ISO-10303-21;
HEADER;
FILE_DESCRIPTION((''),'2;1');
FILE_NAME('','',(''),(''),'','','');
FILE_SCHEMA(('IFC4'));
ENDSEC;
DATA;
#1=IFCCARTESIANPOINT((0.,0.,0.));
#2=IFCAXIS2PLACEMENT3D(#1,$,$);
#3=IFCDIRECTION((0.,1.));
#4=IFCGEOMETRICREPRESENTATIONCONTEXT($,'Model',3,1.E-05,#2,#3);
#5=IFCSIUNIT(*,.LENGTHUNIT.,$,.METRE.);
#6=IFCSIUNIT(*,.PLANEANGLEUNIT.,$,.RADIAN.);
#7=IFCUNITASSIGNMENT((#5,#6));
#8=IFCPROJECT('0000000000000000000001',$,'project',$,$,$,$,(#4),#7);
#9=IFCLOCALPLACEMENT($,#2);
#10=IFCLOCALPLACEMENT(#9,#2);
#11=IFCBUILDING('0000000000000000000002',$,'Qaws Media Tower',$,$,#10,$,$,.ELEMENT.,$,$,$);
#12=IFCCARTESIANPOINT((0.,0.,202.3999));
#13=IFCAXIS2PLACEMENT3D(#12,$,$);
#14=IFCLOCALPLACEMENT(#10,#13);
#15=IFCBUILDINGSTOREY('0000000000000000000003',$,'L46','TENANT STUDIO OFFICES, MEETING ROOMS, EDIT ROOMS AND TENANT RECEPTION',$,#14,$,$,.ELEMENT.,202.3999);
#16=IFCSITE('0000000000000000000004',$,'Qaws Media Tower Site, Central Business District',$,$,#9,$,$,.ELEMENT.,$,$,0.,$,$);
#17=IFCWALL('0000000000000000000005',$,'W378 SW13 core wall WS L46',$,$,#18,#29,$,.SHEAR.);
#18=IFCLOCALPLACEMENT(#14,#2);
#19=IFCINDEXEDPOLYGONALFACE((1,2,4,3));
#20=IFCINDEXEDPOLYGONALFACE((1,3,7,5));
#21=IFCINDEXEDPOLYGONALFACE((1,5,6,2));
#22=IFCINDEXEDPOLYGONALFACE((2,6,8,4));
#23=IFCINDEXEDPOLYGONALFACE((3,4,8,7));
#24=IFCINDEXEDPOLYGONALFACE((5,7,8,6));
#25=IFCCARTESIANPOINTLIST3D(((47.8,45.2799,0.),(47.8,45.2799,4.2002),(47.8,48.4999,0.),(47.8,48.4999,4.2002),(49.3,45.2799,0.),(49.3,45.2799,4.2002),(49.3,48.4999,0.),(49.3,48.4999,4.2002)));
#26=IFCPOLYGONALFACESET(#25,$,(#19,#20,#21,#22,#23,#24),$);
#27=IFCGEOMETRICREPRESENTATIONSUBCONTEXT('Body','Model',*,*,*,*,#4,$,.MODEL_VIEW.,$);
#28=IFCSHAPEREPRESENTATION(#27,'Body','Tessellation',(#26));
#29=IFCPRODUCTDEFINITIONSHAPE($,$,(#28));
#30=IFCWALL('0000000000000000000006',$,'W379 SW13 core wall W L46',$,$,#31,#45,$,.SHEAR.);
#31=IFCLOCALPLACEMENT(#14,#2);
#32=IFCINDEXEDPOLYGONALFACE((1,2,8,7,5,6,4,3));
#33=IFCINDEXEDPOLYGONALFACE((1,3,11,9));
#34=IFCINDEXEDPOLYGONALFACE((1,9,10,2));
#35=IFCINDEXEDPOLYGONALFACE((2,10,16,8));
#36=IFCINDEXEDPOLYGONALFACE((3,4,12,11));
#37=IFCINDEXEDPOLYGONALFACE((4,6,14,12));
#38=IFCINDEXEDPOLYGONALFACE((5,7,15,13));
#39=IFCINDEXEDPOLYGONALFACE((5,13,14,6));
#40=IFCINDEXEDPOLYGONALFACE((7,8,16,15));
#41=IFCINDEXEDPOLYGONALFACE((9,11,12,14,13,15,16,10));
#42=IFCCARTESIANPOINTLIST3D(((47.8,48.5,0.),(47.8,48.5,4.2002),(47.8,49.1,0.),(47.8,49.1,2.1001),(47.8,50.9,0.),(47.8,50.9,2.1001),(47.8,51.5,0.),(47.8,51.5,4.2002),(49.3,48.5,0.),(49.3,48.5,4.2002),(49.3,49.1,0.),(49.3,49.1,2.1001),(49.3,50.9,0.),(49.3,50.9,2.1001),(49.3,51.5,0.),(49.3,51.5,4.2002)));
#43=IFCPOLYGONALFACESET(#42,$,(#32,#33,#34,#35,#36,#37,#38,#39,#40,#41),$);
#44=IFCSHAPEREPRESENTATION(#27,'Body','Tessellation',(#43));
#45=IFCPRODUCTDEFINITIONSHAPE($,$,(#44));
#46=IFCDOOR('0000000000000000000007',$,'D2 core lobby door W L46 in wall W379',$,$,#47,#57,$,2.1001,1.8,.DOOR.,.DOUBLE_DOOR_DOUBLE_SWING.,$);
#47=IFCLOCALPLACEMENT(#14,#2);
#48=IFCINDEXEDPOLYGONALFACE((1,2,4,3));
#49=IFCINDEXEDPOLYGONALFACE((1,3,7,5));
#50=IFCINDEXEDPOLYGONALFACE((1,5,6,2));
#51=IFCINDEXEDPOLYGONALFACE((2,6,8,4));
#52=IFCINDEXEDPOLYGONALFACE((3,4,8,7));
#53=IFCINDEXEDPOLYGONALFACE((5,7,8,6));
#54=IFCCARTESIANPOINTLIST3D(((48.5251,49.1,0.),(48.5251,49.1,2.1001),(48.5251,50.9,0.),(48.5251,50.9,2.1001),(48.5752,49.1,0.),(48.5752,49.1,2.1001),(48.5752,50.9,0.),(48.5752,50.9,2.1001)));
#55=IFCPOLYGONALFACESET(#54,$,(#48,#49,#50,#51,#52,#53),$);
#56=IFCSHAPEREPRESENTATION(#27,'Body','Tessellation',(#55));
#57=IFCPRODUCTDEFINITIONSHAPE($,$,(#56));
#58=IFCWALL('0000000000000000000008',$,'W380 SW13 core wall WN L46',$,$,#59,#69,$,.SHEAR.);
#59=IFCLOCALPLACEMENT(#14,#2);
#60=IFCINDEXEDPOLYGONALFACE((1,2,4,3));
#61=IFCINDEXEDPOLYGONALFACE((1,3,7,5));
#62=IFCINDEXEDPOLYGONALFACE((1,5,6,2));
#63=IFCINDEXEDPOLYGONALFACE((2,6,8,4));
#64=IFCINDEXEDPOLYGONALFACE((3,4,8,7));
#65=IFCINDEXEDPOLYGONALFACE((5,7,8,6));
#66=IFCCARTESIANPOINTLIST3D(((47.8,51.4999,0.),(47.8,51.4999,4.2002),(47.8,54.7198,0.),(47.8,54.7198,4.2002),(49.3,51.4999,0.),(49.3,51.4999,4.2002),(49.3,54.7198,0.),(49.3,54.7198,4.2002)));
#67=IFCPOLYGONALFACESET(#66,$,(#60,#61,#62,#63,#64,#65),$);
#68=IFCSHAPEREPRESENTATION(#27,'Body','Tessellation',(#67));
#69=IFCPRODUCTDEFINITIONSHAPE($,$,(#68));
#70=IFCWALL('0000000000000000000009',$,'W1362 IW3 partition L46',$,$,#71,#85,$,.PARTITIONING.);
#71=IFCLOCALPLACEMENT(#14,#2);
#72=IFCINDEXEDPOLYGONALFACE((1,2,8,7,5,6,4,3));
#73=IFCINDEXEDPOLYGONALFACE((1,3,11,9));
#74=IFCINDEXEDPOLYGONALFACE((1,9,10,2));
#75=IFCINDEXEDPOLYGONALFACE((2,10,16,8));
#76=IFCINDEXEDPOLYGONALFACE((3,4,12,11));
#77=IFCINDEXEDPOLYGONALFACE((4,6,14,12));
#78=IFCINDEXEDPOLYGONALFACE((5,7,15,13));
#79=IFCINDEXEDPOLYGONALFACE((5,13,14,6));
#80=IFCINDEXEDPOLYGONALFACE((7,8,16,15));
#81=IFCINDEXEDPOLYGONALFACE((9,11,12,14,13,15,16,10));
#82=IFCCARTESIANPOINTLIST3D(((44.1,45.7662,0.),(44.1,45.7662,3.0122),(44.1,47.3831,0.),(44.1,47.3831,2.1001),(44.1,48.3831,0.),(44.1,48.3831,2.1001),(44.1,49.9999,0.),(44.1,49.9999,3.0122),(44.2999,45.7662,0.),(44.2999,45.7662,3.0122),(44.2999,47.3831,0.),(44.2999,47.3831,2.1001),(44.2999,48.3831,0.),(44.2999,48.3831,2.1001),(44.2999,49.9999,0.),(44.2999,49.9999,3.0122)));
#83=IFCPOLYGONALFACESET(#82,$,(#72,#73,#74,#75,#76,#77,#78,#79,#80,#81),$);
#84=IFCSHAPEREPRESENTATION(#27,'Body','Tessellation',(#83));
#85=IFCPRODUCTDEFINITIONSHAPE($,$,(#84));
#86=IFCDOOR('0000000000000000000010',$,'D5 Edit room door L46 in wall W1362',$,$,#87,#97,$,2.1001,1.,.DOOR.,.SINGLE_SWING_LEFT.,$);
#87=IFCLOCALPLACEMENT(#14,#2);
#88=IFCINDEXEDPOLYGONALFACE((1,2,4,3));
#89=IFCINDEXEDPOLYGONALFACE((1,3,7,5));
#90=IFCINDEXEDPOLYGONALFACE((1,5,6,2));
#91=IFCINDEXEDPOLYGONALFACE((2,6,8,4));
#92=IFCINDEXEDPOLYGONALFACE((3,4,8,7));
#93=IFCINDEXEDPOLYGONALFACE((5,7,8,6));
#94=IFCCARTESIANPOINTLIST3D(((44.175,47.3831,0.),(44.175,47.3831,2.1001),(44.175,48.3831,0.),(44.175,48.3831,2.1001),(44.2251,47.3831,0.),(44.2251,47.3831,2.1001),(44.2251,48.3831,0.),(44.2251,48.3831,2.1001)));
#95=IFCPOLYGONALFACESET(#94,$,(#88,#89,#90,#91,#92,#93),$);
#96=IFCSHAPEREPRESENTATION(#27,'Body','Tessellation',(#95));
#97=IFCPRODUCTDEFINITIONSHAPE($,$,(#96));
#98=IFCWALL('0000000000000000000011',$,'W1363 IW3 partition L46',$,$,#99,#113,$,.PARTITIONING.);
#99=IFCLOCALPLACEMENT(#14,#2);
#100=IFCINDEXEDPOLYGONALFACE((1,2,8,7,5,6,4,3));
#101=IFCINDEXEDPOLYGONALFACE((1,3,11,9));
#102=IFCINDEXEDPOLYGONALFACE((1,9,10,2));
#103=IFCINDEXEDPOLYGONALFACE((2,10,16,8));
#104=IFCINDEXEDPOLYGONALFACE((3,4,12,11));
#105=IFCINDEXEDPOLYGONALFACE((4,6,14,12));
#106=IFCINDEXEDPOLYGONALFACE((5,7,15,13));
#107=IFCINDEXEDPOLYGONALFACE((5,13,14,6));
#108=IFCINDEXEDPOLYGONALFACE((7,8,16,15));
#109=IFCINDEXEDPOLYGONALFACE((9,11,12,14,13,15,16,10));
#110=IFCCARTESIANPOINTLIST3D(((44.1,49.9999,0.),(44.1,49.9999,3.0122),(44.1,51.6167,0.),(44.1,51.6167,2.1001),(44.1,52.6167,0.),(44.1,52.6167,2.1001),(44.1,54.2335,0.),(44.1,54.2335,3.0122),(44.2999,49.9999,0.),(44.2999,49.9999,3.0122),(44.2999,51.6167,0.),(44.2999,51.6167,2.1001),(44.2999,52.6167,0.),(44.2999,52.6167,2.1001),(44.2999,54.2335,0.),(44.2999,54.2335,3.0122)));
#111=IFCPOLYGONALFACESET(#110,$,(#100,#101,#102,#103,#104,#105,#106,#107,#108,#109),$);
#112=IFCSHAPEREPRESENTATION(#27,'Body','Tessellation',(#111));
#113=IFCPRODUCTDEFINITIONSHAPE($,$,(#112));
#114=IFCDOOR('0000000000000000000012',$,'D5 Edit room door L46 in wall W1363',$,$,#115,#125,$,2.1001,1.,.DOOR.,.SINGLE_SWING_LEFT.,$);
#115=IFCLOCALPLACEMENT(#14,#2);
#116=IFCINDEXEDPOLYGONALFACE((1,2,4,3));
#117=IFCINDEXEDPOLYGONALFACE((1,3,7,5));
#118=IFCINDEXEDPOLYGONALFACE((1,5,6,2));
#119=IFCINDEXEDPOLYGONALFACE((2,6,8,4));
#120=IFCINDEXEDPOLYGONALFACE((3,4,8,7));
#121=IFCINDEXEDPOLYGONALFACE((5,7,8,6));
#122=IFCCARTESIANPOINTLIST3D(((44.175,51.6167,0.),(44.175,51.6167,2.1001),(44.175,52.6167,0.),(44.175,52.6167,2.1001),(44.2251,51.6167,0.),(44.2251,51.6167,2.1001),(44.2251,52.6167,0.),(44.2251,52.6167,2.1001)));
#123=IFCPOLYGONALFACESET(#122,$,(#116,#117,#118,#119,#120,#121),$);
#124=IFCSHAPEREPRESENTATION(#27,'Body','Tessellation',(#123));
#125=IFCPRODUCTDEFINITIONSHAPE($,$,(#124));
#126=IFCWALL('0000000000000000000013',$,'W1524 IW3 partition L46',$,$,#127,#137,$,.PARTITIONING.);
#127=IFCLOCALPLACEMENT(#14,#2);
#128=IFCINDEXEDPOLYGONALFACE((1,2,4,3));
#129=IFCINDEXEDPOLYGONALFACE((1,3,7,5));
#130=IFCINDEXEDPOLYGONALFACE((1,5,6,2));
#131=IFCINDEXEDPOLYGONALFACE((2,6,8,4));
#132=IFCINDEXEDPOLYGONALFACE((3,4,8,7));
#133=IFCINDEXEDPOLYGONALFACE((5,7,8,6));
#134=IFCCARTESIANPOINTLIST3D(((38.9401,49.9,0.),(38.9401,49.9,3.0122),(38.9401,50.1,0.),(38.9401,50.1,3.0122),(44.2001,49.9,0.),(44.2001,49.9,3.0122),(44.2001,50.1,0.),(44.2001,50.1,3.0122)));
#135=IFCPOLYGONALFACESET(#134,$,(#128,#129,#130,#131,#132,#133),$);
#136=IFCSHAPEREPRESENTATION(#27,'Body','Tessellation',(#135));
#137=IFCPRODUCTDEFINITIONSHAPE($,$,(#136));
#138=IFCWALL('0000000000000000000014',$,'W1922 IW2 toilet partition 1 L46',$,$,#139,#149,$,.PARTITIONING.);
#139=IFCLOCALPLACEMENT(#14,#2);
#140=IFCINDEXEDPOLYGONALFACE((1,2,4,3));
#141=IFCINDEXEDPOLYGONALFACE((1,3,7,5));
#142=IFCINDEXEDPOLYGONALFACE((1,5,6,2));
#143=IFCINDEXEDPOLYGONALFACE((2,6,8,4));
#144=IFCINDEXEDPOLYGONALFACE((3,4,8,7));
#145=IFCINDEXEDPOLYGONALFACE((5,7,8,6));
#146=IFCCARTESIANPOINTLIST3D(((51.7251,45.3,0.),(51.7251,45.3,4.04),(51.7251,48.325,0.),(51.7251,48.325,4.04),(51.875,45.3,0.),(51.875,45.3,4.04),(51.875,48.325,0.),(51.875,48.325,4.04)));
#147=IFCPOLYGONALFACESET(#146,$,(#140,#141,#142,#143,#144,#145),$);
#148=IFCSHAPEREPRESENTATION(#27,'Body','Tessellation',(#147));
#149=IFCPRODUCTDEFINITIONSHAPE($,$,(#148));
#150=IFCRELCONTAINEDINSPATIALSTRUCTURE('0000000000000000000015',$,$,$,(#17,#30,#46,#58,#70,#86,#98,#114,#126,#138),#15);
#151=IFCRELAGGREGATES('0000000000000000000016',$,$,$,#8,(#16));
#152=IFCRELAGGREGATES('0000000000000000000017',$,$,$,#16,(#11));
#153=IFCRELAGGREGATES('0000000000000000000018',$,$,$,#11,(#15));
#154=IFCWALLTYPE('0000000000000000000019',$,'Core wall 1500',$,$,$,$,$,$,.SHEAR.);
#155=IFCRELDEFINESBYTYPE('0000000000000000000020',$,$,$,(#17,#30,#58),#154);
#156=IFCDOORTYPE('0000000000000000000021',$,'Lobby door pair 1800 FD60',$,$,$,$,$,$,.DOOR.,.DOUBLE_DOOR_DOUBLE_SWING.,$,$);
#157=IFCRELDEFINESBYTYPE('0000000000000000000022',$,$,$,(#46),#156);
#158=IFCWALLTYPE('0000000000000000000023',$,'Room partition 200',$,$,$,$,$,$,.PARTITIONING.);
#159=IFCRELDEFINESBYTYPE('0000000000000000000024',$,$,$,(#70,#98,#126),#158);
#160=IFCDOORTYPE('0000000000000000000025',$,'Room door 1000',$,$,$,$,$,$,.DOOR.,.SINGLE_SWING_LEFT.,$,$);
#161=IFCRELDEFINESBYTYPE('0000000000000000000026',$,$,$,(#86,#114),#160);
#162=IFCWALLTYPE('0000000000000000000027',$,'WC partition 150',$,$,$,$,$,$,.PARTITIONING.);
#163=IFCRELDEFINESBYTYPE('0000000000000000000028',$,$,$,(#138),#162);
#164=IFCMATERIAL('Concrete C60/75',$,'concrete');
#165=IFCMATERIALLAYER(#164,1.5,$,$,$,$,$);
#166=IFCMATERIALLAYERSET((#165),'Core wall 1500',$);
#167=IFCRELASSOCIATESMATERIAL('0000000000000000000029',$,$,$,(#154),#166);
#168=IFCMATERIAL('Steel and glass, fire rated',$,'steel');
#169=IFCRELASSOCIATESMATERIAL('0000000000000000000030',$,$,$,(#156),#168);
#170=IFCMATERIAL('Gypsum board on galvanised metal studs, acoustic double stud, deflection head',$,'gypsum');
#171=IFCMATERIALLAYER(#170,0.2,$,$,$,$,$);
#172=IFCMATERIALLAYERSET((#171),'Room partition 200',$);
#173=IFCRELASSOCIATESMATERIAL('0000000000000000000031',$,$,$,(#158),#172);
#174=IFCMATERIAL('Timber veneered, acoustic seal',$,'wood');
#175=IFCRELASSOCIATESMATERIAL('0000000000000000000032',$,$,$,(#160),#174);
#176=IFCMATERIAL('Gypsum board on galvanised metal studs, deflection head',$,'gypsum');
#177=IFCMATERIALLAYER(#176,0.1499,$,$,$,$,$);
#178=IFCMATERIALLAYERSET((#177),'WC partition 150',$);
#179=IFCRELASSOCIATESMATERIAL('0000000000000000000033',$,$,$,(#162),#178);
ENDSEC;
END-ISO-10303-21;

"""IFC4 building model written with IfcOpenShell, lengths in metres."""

from ifc_helpers import new_model, si_unit, direction, frame, frame_2d, origin, place, context, subcontext, project, spatial, rectangle, extrude, material, layer, layer_set, type_object, element, fill, save


model = new_model("IFC4")

# Units and contexts
model_context = context("Model", 3, precision=1e-05, world=origin(), true_north=direction((0.0, 1.0)))
body_context = subcontext(model_context, "Body", "Model", "MODEL_VIEW")
ifc_project = project(units=[si_unit("LENGTHUNIT", "METRE"), si_unit("PLANEANGLEUNIT", "RADIAN")], contexts=[model_context])

# Site, building, storey
site_placement = place(None, origin())
site = spatial("IfcSite", under=ifc_project, at=site_placement, Name="Qaws Media Tower Site, Central Business District", CompositionType="ELEMENT", RefElevation=0.0)
building_placement = place(site_placement, origin())
building = spatial("IfcBuilding", under=site, at=building_placement, Name="Qaws Media Tower", CompositionType="ELEMENT")
storey_placement = place(building_placement, frame((0.0, 0.0, 202.3999)))
storey = spatial("IfcBuildingStorey", under=building, at=storey_placement, Name="L46", Description="TENANT STUDIO OFFICES, MEETING ROOMS, EDIT ROOMS AND TENANT RECEPTION", CompositionType="ELEMENT", Elevation=202.3999)

# Wall
ifc_material_1 = material(Name="Concrete C60/75", Category="concrete")
ifc_layer_1 = layer(ifc_material_1, 1.5)
ifc_layer_set_1 = layer_set([ifc_layer_1], Name="Core wall 1500")
wall_type_1 = type_object("IfcWallType", Name="Core wall 1500", PredefinedType="SHEAR", material=ifc_layer_set_1)
wall_1_placement = place(storey_placement, frame((48.55, 45.28, 0.0), z_axis=(0.0, 0.0, 1.0), x_axis=(0.0, 1.0, 0.0)))
element("IfcWall", 1, at=wall_1_placement, inside=storey, type_object=wall_type_1, Name="W378 SW13 core wall WS L46", PredefinedType="SHEAR", context=body_context, shape_type="SweptSolid", body=[
    extrude(rectangle(XDim=3.22, YDim=1.5, at=frame_2d((1.6099, 0.0))), origin(), (0.0, 0.0, 1.0), 4.2002),
])

# Wall, opening, door
wall_2_placement = place(storey_placement, frame((48.55, 48.5, 0.0), z_axis=(0.0, 0.0, 1.0), x_axis=(0.0, 1.0, 0.0)))
wall_2 = element("IfcWall", 2, at=wall_2_placement, inside=storey, type_object=wall_type_1, Name="W379 SW13 core wall W L46", PredefinedType="SHEAR", context=body_context, shape_type="SweptSolid", body=[
    extrude(rectangle(XDim=3.0, YDim=1.5, at=frame_2d((1.5, 0.0))), origin(), (0.0, 0.0, 1.0), 4.2002),
])
opening_1_placement = place(wall_2_placement, frame((0.6001, 0.0, 0.0)))
opening_1 = element("IfcOpeningElement", 3, at=opening_1_placement, cuts=wall_2, PredefinedType="OPENING", context=body_context, shape_type="SweptSolid", body=[
    extrude(rectangle(XDim=1.8, YDim=2.1001, at=frame_2d((0.8999, 1.05))), frame((0.0, 0.76, 0.0), z_axis=(0.0, -1.0, 0.0), x_axis=(1.0, 0.0, 0.0)), (0.0, 0.0, 1.0), 1.52),
])
ifc_material_2 = material(Name="Steel and glass, fire rated", Category="steel")
door_type_1 = type_object("IfcDoorType", Name="Lobby door pair 1800 FD60", OperationType="DOUBLE_DOOR_DOUBLE_SWING", PredefinedType="DOOR", material=ifc_material_2)
door_1_placement = place(opening_1_placement, origin())
door_1 = element("IfcDoor", 4, at=door_1_placement, inside=storey, type_object=door_type_1, Name="D2 core lobby door W L46 in wall W379", OperationType="DOUBLE_DOOR_DOUBLE_SWING", OverallHeight=2.1001, OverallWidth=1.8, PredefinedType="DOOR", context=body_context, shape_type="SweptSolid", body=[
    extrude(rectangle(XDim=1.8, YDim=2.1001, at=frame_2d((0.8999, 1.05))), frame((0.0, 0.0249, 0.0), z_axis=(0.0, -1.0, 0.0), x_axis=(1.0, 0.0, 0.0)), (0.0, 0.0, 1.0), 0.05),
])
fill(opening_1, door_1)

# Wall
wall_3_placement = place(storey_placement, frame((48.55, 51.5, 0.0), z_axis=(0.0, 0.0, 1.0), x_axis=(0.0, 1.0, 0.0)))
element("IfcWall", 5, at=wall_3_placement, inside=storey, type_object=wall_type_1, Name="W380 SW13 core wall WN L46", PredefinedType="SHEAR", context=body_context, shape_type="SweptSolid", body=[
    extrude(rectangle(XDim=3.22, YDim=1.5, at=frame_2d((1.6099, 0.0))), origin(), (0.0, 0.0, 1.0), 4.2002),
])

# Walls, openings, doors
ifc_material_3 = material(Name="Gypsum board on galvanised metal studs, acoustic double stud, deflection head", Category="gypsum")
ifc_layer_2 = layer(ifc_material_3, 0.2)
ifc_layer_set_2 = layer_set([ifc_layer_2], Name="Room partition 200")
wall_type_2 = type_object("IfcWallType", Name="Room partition 200", PredefinedType="PARTITIONING", material=ifc_layer_set_2)
wall_4_placement = place(storey_placement, frame((44.2, 45.7664, 0.0), z_axis=(0.0, 0.0, 1.0), x_axis=(0.0, 1.0, 0.0)))
wall_4 = element("IfcWall", 6, at=wall_4_placement, inside=storey, type_object=wall_type_2, Name="W1362 IW3 partition L46", PredefinedType="PARTITIONING", context=body_context, shape_type="SweptSolid", body=[
    extrude(rectangle(XDim=4.2336, YDim=0.2, at=frame_2d((2.1167, 0.0))), origin(), (0.0, 0.0, 1.0), 3.0122),
])
opening_2_placement = place(wall_4_placement, frame((1.6167, 0.0, 0.0)))
opening_2 = element("IfcOpeningElement", 7, at=opening_2_placement, cuts=wall_4, PredefinedType="OPENING", context=body_context, shape_type="SweptSolid", body=[
    extrude(rectangle(XDim=1.0, YDim=2.1001, at=frame_2d((0.5, 1.05))), frame((0.0, 0.1099, 0.0), z_axis=(0.0, -1.0, 0.0), x_axis=(1.0, 0.0, 0.0)), (0.0, 0.0, 1.0), 0.22),
])
ifc_material_4 = material(Name="Timber veneered, acoustic seal", Category="wood")
door_type_2 = type_object("IfcDoorType", Name="Room door 1000", OperationType="SINGLE_SWING_LEFT", PredefinedType="DOOR", material=ifc_material_4)
door_2_placement = place(opening_2_placement, origin())
door_2 = element("IfcDoor", 8, at=door_2_placement, inside=storey, type_object=door_type_2, Name="D5 Edit room door L46 in wall W1362", OperationType="SINGLE_SWING_LEFT", OverallHeight=2.1001, OverallWidth=1.0, PredefinedType="DOOR", context=body_context, shape_type="SweptSolid", body=[
    extrude(rectangle(XDim=1.0, YDim=2.1001, at=frame_2d((0.5, 1.05))), frame((0.0, 0.0249, 0.0), z_axis=(0.0, -1.0, 0.0), x_axis=(1.0, 0.0, 0.0)), (0.0, 0.0, 1.0), 0.05),
])
fill(opening_2, door_2)
wall_5_placement = place(storey_placement, frame((44.2, 50.0, 0.0), z_axis=(0.0, 0.0, 1.0), x_axis=(0.0, 1.0, 0.0)))
wall_5 = element("IfcWall", 9, at=wall_5_placement, inside=storey, type_object=wall_type_2, Name="W1363 IW3 partition L46", PredefinedType="PARTITIONING", context=body_context, shape_type="SweptSolid", body=[
    extrude(rectangle(XDim=4.2336, YDim=0.2, at=frame_2d((2.1167, 0.0))), origin(), (0.0, 0.0, 1.0), 3.0122),
])
opening_3_placement = place(wall_5_placement, frame((1.6167, 0.0, 0.0)))
opening_3 = element("IfcOpeningElement", 10, at=opening_3_placement, cuts=wall_5, PredefinedType="OPENING", context=body_context, shape_type="SweptSolid", body=[
    extrude(rectangle(XDim=1.0, YDim=2.1001, at=frame_2d((0.5, 1.05))), frame((0.0, 0.1099, 0.0), z_axis=(0.0, -1.0, 0.0), x_axis=(1.0, 0.0, 0.0)), (0.0, 0.0, 1.0), 0.22),
])
door_3_placement = place(opening_3_placement, origin())
door_3 = element("IfcDoor", 11, at=door_3_placement, inside=storey, type_object=door_type_2, Name="D5 Edit room door L46 in wall W1363", OperationType="SINGLE_SWING_LEFT", OverallHeight=2.1001, OverallWidth=1.0, PredefinedType="DOOR", context=body_context, shape_type="SweptSolid", body=[
    extrude(rectangle(XDim=1.0, YDim=2.1001, at=frame_2d((0.5, 1.05))), frame((0.0, 0.0249, 0.0), z_axis=(0.0, -1.0, 0.0), x_axis=(1.0, 0.0, 0.0)), (0.0, 0.0, 1.0), 0.05),
])
fill(opening_3, door_3)

# Walls
wall_6_placement = place(storey_placement, frame((44.2, 50.0, 0.0), z_axis=(0.0, 0.0, 1.0), x_axis=(-1.0, 0.0, 0.0)))
element("IfcWall", 12, at=wall_6_placement, inside=storey, type_object=wall_type_2, Name="W1524 IW3 partition L46", PredefinedType="PARTITIONING", context=body_context, shape_type="SweptSolid", body=[
    extrude(rectangle(XDim=5.26, YDim=0.2, at=frame_2d((2.6299, 0.0))), origin(), (0.0, 0.0, 1.0), 3.0122),
])
ifc_material_5 = material(Name="Gypsum board on galvanised metal studs, deflection head", Category="gypsum")
ifc_layer_3 = layer(ifc_material_5, 0.1499)
ifc_layer_set_3 = layer_set([ifc_layer_3], Name="WC partition 150")
wall_type_3 = type_object("IfcWallType", Name="WC partition 150", PredefinedType="PARTITIONING", material=ifc_layer_set_3)
wall_7_placement = place(storey_placement, frame((51.8, 45.3, 0.0), z_axis=(0.0, 0.0, 1.0), x_axis=(0.0, 1.0, 0.0)))
element("IfcWall", 13, at=wall_7_placement, inside=storey, type_object=wall_type_3, Name="W1922 IW2 toilet partition 1 L46", PredefinedType="PARTITIONING", context=body_context, shape_type="SweptSolid", body=[
    extrude(rectangle(XDim=3.0249, YDim=0.1499, at=frame_2d((1.5125, 0.0))), origin(), (0.0, 0.0, 1.0), 4.04),
])

save(model, "model.ifc")
